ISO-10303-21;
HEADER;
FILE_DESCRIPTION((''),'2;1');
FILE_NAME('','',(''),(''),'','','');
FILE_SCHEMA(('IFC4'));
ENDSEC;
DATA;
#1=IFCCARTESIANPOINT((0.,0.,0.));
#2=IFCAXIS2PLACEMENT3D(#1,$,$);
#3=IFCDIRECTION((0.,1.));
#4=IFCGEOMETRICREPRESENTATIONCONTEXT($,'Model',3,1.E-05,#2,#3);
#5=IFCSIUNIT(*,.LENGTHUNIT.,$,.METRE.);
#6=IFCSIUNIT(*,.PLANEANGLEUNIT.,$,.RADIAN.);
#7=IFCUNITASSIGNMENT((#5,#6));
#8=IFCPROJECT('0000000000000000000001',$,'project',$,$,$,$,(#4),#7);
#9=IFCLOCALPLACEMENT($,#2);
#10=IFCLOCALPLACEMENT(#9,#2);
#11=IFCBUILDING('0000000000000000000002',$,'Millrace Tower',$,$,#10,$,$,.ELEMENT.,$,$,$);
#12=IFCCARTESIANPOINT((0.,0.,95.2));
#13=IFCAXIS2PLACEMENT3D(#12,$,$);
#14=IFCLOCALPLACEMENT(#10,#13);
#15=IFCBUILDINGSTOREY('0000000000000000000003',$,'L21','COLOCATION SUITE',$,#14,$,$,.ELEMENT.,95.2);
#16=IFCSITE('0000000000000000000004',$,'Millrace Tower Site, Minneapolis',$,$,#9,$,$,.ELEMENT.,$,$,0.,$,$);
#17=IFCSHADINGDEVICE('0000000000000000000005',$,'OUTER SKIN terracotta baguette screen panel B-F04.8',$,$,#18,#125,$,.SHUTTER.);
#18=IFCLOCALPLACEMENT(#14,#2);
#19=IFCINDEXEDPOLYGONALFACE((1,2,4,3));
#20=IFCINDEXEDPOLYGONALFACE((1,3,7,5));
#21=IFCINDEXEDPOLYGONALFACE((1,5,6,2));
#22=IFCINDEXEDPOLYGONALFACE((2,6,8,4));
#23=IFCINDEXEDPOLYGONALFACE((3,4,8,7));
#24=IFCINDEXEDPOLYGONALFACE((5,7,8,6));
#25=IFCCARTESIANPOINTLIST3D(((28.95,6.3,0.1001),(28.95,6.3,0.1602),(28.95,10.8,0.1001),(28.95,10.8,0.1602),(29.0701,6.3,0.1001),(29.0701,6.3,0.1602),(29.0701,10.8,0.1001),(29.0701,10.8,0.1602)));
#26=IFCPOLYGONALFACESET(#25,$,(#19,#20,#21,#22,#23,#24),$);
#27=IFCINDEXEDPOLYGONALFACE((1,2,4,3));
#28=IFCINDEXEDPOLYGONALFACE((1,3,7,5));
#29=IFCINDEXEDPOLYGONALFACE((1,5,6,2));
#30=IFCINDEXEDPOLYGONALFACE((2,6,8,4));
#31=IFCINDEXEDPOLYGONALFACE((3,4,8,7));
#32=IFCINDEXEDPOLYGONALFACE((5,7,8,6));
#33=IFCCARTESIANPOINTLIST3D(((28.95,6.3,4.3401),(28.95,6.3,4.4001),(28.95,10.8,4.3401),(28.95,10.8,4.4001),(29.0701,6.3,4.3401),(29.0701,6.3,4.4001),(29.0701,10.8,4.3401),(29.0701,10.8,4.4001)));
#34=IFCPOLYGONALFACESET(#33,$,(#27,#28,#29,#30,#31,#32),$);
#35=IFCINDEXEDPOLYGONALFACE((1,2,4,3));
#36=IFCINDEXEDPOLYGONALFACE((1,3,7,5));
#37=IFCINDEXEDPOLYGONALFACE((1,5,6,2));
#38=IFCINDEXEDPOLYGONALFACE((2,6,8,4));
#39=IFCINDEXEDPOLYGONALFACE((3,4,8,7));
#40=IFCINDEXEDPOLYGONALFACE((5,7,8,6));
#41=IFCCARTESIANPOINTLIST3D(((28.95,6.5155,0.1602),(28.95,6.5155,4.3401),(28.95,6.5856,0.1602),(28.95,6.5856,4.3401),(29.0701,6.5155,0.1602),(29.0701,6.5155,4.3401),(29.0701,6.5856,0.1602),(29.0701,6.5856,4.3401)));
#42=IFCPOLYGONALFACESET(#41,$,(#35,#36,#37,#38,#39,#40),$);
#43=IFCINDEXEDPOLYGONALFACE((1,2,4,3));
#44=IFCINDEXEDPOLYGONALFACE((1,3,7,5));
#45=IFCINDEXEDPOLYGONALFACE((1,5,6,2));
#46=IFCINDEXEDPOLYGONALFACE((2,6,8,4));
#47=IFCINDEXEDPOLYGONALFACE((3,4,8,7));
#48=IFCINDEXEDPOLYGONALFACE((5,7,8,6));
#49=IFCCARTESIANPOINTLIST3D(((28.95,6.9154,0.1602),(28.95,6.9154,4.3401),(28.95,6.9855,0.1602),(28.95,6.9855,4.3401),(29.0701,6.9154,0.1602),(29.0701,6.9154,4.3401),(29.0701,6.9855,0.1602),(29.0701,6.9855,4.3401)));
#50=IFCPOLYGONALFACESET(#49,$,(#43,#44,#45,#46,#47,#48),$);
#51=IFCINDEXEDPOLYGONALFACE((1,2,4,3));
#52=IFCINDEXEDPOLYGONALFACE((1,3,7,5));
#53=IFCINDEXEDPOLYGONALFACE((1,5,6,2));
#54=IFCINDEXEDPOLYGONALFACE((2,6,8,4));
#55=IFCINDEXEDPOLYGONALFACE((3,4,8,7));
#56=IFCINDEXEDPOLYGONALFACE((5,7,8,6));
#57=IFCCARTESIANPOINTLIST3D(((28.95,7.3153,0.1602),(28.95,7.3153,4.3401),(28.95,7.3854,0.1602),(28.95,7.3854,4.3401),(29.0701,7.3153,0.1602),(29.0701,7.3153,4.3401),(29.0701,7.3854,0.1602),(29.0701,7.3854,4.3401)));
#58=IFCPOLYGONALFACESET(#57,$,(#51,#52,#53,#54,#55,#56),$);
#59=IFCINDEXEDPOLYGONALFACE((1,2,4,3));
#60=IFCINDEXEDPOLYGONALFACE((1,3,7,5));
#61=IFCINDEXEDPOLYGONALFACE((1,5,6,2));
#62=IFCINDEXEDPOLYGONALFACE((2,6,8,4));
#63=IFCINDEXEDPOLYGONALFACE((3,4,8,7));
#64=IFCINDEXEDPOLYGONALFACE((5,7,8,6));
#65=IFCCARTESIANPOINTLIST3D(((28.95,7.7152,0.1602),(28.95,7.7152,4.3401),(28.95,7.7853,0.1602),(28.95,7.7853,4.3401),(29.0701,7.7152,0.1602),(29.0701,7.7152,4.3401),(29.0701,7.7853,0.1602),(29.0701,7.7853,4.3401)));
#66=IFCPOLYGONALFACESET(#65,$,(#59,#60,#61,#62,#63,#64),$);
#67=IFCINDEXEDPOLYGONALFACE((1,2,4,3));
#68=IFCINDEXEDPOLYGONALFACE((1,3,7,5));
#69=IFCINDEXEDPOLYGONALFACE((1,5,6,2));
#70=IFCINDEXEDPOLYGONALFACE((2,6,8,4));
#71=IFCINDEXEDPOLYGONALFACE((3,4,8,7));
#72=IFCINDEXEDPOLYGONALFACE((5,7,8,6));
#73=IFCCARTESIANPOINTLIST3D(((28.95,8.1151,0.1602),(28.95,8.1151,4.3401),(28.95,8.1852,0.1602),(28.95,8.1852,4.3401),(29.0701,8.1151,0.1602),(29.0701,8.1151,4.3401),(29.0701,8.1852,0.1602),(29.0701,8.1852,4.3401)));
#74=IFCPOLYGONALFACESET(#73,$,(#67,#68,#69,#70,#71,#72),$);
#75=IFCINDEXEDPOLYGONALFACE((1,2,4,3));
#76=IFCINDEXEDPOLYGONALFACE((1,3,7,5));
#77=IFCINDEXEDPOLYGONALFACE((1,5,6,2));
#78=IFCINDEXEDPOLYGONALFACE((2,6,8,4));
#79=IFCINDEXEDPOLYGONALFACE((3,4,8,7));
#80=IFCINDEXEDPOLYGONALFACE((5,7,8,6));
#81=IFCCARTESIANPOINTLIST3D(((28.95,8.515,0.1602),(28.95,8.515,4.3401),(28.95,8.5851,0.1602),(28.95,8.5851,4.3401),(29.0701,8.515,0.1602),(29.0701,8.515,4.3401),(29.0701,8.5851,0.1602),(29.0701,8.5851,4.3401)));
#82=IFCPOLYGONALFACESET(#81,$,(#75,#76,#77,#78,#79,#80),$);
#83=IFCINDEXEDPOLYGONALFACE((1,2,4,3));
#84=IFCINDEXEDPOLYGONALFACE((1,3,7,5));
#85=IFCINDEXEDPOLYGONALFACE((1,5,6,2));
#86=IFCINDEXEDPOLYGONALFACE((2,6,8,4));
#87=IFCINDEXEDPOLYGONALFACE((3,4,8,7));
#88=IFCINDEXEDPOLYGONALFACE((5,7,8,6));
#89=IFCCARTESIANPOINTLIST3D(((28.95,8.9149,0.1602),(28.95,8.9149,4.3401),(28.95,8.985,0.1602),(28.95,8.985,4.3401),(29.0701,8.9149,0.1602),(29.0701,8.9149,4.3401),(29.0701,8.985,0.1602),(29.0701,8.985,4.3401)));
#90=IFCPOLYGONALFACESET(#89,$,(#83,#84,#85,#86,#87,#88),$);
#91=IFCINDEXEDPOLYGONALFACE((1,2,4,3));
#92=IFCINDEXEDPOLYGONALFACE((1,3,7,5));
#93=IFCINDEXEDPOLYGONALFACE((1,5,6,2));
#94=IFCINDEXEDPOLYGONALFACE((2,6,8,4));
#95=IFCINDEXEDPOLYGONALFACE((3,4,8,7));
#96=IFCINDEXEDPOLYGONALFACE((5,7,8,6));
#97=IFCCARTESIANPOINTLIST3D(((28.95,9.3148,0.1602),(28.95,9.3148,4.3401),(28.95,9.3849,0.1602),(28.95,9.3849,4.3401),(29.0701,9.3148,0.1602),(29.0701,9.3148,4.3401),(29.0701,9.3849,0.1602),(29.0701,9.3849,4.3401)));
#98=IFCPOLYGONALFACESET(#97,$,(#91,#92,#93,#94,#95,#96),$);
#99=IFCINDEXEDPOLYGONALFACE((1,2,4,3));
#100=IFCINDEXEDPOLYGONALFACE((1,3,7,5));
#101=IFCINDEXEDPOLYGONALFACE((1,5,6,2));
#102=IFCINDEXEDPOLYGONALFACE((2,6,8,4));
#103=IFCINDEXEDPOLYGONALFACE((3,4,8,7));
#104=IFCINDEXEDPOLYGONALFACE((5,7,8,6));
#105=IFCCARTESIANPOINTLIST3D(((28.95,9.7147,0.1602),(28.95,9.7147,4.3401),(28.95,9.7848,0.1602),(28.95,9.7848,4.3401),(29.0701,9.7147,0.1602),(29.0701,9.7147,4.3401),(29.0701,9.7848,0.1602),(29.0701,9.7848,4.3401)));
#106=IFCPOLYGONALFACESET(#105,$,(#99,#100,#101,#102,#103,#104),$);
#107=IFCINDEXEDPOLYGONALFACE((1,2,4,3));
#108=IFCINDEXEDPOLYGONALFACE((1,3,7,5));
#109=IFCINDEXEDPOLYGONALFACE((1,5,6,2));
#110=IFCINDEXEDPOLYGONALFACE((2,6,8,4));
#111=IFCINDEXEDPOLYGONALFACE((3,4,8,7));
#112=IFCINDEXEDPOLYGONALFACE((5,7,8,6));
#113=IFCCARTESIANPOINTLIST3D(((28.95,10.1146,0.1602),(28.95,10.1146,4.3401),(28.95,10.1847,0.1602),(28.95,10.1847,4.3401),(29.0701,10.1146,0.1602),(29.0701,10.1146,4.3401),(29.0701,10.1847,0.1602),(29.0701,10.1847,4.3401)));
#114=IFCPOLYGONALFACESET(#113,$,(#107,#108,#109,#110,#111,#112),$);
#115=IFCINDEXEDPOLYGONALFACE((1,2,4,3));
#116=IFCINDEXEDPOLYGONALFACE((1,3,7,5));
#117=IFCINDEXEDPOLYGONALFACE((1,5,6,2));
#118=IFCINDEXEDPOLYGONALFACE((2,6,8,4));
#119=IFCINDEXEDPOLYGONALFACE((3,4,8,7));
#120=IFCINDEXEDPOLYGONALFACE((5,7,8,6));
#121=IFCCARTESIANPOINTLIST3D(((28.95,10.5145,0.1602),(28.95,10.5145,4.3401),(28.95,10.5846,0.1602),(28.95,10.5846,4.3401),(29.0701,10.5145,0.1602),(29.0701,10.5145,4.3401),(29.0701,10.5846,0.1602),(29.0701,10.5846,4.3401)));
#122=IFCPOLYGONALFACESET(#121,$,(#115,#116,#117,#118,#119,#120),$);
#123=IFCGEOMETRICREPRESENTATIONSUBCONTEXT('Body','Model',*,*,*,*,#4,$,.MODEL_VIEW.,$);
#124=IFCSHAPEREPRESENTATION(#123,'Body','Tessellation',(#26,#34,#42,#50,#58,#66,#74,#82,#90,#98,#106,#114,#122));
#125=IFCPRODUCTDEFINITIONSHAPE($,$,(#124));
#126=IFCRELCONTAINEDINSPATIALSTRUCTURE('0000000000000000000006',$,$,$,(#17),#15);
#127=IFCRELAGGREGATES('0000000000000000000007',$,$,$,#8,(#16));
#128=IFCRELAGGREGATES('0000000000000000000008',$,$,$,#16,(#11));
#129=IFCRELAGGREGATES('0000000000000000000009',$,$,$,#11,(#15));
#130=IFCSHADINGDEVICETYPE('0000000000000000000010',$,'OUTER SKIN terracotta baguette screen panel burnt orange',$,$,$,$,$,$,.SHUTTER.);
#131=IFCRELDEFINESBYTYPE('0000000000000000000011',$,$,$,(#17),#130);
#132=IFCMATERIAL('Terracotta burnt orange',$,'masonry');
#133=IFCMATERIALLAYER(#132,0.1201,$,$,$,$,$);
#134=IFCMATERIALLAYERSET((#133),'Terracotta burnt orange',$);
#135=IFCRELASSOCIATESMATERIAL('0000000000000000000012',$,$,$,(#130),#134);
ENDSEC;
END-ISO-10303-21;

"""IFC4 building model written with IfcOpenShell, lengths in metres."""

from ifc_helpers import new_model, entity, si_unit, direction, frame, frame_2d, origin, origin_2d, place, context, subcontext, project, spatial, rectangle, extrude, source, transform, mapped, material, layer, layer_set, type_object, element, save


model = new_model("IFC4")

# Units and contexts
model_context = context("Model", 3, precision=1e-05, world=origin(), true_north=direction((0.0, 1.0)))
body_context = subcontext(model_context, "Body", "Model", "MODEL_VIEW")
ifc_project = project(units=[si_unit("LENGTHUNIT", "METRE"), si_unit("PLANEANGLEUNIT", "RADIAN")], contexts=[model_context])

# Site, building, storey
site_placement = place(None, origin())
site = spatial("IfcSite", under=ifc_project, at=site_placement, Name="Millrace Tower Site, Minneapolis", CompositionType="ELEMENT", RefElevation=0.0)
building_placement = place(site_placement, origin())
building = spatial("IfcBuilding", under=site, at=building_placement, Name="Millrace Tower", CompositionType="ELEMENT")
storey_placement = place(building_placement, frame((0.0, 0.0, 95.2)))
storey = spatial("IfcBuildingStorey", under=building, at=storey_placement, Name="L21", Description="COLOCATION SUITE", CompositionType="ELEMENT", Elevation=95.2)

# Shading device
ifc_material_1 = material(Name="Terracotta burnt orange", Category="masonry")
ifc_layer_1 = layer(ifc_material_1, 0.1201)
ifc_layer_set_1 = layer_set([ifc_layer_1], Name="Terracotta burnt orange")
shading_device_type = type_object("IfcShadingDeviceType", Name="OUTER SKIN terracotta baguette screen panel burnt orange", PredefinedType="SHUTTER", material=ifc_layer_set_1)
cartesian_point = entity("IfcCartesianPoint", [-2.25, 0.0601])
shared_polyline = entity("IfcPolyline", [cartesian_point, entity("IfcCartesianPoint", [2.25, 0.0601]), entity("IfcCartesianPoint", [2.25, -0.0601]), entity("IfcCartesianPoint", [-2.25, -0.0601]), cartesian_point])
shared_shape = source(origin(), body_context, "Body", "SweptSolid", [
    entity("IfcExtrudedAreaSolid", entity("IfcArbitraryClosedProfileDef", "AREA", None, shared_polyline), entity("IfcAxis2Placement3D", entity("IfcCartesianPoint", [0.0, 0.0, 0.0])), entity("IfcDirection", [0.0, 0.0, 1.0]), 0.0601),
    entity("IfcExtrudedAreaSolid", entity("IfcArbitraryClosedProfileDef", "AREA", None, shared_polyline), entity("IfcAxis2Placement3D", entity("IfcCartesianPoint", [0.0, 0.0, 4.24])), entity("IfcDirection", [0.0, 0.0, 1.0]), 0.0601),
    extrude(rectangle(XDim=0.0701, YDim=0.1201, at=frame_2d((-1.9995, 0.0))), frame((0.0, 0.0, 0.0601)), (0.0, 0.0, 1.0), 4.1799),
    extrude(rectangle(XDim=0.0701, YDim=0.1201, at=frame_2d((-1.5996, 0.0))), frame((0.0, 0.0, 0.0601)), (0.0, 0.0, 1.0), 4.1799),
    extrude(rectangle(XDim=0.0701, YDim=0.1201, at=frame_2d((-1.1997, 0.0))), frame((0.0, 0.0, 0.0601)), (0.0, 0.0, 1.0), 4.1799),
    extrude(rectangle(XDim=0.0701, YDim=0.1201, at=frame_2d((-0.7998, 0.0))), frame((0.0, 0.0, 0.0601)), (0.0, 0.0, 1.0), 4.1799),
    extrude(rectangle(XDim=0.0701, YDim=0.1201, at=frame_2d((-0.3999, 0.0))), frame((0.0, 0.0, 0.0601)), (0.0, 0.0, 1.0), 4.1799),
    extrude(rectangle(XDim=0.0701, YDim=0.1201, at=origin_2d()), frame((0.0, 0.0, 0.0601)), (0.0, 0.0, 1.0), 4.1799),
    extrude(rectangle(XDim=0.0701, YDim=0.1201, at=frame_2d((0.3999, 0.0))), frame((0.0, 0.0, 0.0601)), (0.0, 0.0, 1.0), 4.1799),
    extrude(rectangle(XDim=0.0701, YDim=0.1201, at=frame_2d((0.7998, 0.0))), frame((0.0, 0.0, 0.0601)), (0.0, 0.0, 1.0), 4.1799),
    extrude(rectangle(XDim=0.0701, YDim=0.1201, at=frame_2d((1.1997, 0.0))), frame((0.0, 0.0, 0.0601)), (0.0, 0.0, 1.0), 4.1799),
    extrude(rectangle(XDim=0.0701, YDim=0.1201, at=frame_2d((1.5996, 0.0))), frame((0.0, 0.0, 0.0601)), (0.0, 0.0, 1.0), 4.1799),
    extrude(rectangle(XDim=0.0701, YDim=0.1201, at=frame_2d((1.9995, 0.0))), frame((0.0, 0.0, 0.0601)), (0.0, 0.0, 1.0), 4.1799),
])
for number, where, z_axis, x_axis, name in (
    (1, (29.01, 8.55, 0.1001), (0.0, 0.0, 1.0), (0.0, 1.0, 0.0), "OUTER SKIN terracotta baguette screen panel B-F04.8"),
):
    element("IfcShadingDevice", number, at=place(storey_placement, frame(where, z_axis=z_axis, x_axis=x_axis)), inside=storey, type_object=shading_device_type, Name=name, PredefinedType="SHUTTER", context=body_context, shape_type="MappedRepresentation", body=[
        mapped(shared_shape, transform((0.0, 0.0, 0.0), scale=1.0)),
    ])

save(model, "model.ifc")
